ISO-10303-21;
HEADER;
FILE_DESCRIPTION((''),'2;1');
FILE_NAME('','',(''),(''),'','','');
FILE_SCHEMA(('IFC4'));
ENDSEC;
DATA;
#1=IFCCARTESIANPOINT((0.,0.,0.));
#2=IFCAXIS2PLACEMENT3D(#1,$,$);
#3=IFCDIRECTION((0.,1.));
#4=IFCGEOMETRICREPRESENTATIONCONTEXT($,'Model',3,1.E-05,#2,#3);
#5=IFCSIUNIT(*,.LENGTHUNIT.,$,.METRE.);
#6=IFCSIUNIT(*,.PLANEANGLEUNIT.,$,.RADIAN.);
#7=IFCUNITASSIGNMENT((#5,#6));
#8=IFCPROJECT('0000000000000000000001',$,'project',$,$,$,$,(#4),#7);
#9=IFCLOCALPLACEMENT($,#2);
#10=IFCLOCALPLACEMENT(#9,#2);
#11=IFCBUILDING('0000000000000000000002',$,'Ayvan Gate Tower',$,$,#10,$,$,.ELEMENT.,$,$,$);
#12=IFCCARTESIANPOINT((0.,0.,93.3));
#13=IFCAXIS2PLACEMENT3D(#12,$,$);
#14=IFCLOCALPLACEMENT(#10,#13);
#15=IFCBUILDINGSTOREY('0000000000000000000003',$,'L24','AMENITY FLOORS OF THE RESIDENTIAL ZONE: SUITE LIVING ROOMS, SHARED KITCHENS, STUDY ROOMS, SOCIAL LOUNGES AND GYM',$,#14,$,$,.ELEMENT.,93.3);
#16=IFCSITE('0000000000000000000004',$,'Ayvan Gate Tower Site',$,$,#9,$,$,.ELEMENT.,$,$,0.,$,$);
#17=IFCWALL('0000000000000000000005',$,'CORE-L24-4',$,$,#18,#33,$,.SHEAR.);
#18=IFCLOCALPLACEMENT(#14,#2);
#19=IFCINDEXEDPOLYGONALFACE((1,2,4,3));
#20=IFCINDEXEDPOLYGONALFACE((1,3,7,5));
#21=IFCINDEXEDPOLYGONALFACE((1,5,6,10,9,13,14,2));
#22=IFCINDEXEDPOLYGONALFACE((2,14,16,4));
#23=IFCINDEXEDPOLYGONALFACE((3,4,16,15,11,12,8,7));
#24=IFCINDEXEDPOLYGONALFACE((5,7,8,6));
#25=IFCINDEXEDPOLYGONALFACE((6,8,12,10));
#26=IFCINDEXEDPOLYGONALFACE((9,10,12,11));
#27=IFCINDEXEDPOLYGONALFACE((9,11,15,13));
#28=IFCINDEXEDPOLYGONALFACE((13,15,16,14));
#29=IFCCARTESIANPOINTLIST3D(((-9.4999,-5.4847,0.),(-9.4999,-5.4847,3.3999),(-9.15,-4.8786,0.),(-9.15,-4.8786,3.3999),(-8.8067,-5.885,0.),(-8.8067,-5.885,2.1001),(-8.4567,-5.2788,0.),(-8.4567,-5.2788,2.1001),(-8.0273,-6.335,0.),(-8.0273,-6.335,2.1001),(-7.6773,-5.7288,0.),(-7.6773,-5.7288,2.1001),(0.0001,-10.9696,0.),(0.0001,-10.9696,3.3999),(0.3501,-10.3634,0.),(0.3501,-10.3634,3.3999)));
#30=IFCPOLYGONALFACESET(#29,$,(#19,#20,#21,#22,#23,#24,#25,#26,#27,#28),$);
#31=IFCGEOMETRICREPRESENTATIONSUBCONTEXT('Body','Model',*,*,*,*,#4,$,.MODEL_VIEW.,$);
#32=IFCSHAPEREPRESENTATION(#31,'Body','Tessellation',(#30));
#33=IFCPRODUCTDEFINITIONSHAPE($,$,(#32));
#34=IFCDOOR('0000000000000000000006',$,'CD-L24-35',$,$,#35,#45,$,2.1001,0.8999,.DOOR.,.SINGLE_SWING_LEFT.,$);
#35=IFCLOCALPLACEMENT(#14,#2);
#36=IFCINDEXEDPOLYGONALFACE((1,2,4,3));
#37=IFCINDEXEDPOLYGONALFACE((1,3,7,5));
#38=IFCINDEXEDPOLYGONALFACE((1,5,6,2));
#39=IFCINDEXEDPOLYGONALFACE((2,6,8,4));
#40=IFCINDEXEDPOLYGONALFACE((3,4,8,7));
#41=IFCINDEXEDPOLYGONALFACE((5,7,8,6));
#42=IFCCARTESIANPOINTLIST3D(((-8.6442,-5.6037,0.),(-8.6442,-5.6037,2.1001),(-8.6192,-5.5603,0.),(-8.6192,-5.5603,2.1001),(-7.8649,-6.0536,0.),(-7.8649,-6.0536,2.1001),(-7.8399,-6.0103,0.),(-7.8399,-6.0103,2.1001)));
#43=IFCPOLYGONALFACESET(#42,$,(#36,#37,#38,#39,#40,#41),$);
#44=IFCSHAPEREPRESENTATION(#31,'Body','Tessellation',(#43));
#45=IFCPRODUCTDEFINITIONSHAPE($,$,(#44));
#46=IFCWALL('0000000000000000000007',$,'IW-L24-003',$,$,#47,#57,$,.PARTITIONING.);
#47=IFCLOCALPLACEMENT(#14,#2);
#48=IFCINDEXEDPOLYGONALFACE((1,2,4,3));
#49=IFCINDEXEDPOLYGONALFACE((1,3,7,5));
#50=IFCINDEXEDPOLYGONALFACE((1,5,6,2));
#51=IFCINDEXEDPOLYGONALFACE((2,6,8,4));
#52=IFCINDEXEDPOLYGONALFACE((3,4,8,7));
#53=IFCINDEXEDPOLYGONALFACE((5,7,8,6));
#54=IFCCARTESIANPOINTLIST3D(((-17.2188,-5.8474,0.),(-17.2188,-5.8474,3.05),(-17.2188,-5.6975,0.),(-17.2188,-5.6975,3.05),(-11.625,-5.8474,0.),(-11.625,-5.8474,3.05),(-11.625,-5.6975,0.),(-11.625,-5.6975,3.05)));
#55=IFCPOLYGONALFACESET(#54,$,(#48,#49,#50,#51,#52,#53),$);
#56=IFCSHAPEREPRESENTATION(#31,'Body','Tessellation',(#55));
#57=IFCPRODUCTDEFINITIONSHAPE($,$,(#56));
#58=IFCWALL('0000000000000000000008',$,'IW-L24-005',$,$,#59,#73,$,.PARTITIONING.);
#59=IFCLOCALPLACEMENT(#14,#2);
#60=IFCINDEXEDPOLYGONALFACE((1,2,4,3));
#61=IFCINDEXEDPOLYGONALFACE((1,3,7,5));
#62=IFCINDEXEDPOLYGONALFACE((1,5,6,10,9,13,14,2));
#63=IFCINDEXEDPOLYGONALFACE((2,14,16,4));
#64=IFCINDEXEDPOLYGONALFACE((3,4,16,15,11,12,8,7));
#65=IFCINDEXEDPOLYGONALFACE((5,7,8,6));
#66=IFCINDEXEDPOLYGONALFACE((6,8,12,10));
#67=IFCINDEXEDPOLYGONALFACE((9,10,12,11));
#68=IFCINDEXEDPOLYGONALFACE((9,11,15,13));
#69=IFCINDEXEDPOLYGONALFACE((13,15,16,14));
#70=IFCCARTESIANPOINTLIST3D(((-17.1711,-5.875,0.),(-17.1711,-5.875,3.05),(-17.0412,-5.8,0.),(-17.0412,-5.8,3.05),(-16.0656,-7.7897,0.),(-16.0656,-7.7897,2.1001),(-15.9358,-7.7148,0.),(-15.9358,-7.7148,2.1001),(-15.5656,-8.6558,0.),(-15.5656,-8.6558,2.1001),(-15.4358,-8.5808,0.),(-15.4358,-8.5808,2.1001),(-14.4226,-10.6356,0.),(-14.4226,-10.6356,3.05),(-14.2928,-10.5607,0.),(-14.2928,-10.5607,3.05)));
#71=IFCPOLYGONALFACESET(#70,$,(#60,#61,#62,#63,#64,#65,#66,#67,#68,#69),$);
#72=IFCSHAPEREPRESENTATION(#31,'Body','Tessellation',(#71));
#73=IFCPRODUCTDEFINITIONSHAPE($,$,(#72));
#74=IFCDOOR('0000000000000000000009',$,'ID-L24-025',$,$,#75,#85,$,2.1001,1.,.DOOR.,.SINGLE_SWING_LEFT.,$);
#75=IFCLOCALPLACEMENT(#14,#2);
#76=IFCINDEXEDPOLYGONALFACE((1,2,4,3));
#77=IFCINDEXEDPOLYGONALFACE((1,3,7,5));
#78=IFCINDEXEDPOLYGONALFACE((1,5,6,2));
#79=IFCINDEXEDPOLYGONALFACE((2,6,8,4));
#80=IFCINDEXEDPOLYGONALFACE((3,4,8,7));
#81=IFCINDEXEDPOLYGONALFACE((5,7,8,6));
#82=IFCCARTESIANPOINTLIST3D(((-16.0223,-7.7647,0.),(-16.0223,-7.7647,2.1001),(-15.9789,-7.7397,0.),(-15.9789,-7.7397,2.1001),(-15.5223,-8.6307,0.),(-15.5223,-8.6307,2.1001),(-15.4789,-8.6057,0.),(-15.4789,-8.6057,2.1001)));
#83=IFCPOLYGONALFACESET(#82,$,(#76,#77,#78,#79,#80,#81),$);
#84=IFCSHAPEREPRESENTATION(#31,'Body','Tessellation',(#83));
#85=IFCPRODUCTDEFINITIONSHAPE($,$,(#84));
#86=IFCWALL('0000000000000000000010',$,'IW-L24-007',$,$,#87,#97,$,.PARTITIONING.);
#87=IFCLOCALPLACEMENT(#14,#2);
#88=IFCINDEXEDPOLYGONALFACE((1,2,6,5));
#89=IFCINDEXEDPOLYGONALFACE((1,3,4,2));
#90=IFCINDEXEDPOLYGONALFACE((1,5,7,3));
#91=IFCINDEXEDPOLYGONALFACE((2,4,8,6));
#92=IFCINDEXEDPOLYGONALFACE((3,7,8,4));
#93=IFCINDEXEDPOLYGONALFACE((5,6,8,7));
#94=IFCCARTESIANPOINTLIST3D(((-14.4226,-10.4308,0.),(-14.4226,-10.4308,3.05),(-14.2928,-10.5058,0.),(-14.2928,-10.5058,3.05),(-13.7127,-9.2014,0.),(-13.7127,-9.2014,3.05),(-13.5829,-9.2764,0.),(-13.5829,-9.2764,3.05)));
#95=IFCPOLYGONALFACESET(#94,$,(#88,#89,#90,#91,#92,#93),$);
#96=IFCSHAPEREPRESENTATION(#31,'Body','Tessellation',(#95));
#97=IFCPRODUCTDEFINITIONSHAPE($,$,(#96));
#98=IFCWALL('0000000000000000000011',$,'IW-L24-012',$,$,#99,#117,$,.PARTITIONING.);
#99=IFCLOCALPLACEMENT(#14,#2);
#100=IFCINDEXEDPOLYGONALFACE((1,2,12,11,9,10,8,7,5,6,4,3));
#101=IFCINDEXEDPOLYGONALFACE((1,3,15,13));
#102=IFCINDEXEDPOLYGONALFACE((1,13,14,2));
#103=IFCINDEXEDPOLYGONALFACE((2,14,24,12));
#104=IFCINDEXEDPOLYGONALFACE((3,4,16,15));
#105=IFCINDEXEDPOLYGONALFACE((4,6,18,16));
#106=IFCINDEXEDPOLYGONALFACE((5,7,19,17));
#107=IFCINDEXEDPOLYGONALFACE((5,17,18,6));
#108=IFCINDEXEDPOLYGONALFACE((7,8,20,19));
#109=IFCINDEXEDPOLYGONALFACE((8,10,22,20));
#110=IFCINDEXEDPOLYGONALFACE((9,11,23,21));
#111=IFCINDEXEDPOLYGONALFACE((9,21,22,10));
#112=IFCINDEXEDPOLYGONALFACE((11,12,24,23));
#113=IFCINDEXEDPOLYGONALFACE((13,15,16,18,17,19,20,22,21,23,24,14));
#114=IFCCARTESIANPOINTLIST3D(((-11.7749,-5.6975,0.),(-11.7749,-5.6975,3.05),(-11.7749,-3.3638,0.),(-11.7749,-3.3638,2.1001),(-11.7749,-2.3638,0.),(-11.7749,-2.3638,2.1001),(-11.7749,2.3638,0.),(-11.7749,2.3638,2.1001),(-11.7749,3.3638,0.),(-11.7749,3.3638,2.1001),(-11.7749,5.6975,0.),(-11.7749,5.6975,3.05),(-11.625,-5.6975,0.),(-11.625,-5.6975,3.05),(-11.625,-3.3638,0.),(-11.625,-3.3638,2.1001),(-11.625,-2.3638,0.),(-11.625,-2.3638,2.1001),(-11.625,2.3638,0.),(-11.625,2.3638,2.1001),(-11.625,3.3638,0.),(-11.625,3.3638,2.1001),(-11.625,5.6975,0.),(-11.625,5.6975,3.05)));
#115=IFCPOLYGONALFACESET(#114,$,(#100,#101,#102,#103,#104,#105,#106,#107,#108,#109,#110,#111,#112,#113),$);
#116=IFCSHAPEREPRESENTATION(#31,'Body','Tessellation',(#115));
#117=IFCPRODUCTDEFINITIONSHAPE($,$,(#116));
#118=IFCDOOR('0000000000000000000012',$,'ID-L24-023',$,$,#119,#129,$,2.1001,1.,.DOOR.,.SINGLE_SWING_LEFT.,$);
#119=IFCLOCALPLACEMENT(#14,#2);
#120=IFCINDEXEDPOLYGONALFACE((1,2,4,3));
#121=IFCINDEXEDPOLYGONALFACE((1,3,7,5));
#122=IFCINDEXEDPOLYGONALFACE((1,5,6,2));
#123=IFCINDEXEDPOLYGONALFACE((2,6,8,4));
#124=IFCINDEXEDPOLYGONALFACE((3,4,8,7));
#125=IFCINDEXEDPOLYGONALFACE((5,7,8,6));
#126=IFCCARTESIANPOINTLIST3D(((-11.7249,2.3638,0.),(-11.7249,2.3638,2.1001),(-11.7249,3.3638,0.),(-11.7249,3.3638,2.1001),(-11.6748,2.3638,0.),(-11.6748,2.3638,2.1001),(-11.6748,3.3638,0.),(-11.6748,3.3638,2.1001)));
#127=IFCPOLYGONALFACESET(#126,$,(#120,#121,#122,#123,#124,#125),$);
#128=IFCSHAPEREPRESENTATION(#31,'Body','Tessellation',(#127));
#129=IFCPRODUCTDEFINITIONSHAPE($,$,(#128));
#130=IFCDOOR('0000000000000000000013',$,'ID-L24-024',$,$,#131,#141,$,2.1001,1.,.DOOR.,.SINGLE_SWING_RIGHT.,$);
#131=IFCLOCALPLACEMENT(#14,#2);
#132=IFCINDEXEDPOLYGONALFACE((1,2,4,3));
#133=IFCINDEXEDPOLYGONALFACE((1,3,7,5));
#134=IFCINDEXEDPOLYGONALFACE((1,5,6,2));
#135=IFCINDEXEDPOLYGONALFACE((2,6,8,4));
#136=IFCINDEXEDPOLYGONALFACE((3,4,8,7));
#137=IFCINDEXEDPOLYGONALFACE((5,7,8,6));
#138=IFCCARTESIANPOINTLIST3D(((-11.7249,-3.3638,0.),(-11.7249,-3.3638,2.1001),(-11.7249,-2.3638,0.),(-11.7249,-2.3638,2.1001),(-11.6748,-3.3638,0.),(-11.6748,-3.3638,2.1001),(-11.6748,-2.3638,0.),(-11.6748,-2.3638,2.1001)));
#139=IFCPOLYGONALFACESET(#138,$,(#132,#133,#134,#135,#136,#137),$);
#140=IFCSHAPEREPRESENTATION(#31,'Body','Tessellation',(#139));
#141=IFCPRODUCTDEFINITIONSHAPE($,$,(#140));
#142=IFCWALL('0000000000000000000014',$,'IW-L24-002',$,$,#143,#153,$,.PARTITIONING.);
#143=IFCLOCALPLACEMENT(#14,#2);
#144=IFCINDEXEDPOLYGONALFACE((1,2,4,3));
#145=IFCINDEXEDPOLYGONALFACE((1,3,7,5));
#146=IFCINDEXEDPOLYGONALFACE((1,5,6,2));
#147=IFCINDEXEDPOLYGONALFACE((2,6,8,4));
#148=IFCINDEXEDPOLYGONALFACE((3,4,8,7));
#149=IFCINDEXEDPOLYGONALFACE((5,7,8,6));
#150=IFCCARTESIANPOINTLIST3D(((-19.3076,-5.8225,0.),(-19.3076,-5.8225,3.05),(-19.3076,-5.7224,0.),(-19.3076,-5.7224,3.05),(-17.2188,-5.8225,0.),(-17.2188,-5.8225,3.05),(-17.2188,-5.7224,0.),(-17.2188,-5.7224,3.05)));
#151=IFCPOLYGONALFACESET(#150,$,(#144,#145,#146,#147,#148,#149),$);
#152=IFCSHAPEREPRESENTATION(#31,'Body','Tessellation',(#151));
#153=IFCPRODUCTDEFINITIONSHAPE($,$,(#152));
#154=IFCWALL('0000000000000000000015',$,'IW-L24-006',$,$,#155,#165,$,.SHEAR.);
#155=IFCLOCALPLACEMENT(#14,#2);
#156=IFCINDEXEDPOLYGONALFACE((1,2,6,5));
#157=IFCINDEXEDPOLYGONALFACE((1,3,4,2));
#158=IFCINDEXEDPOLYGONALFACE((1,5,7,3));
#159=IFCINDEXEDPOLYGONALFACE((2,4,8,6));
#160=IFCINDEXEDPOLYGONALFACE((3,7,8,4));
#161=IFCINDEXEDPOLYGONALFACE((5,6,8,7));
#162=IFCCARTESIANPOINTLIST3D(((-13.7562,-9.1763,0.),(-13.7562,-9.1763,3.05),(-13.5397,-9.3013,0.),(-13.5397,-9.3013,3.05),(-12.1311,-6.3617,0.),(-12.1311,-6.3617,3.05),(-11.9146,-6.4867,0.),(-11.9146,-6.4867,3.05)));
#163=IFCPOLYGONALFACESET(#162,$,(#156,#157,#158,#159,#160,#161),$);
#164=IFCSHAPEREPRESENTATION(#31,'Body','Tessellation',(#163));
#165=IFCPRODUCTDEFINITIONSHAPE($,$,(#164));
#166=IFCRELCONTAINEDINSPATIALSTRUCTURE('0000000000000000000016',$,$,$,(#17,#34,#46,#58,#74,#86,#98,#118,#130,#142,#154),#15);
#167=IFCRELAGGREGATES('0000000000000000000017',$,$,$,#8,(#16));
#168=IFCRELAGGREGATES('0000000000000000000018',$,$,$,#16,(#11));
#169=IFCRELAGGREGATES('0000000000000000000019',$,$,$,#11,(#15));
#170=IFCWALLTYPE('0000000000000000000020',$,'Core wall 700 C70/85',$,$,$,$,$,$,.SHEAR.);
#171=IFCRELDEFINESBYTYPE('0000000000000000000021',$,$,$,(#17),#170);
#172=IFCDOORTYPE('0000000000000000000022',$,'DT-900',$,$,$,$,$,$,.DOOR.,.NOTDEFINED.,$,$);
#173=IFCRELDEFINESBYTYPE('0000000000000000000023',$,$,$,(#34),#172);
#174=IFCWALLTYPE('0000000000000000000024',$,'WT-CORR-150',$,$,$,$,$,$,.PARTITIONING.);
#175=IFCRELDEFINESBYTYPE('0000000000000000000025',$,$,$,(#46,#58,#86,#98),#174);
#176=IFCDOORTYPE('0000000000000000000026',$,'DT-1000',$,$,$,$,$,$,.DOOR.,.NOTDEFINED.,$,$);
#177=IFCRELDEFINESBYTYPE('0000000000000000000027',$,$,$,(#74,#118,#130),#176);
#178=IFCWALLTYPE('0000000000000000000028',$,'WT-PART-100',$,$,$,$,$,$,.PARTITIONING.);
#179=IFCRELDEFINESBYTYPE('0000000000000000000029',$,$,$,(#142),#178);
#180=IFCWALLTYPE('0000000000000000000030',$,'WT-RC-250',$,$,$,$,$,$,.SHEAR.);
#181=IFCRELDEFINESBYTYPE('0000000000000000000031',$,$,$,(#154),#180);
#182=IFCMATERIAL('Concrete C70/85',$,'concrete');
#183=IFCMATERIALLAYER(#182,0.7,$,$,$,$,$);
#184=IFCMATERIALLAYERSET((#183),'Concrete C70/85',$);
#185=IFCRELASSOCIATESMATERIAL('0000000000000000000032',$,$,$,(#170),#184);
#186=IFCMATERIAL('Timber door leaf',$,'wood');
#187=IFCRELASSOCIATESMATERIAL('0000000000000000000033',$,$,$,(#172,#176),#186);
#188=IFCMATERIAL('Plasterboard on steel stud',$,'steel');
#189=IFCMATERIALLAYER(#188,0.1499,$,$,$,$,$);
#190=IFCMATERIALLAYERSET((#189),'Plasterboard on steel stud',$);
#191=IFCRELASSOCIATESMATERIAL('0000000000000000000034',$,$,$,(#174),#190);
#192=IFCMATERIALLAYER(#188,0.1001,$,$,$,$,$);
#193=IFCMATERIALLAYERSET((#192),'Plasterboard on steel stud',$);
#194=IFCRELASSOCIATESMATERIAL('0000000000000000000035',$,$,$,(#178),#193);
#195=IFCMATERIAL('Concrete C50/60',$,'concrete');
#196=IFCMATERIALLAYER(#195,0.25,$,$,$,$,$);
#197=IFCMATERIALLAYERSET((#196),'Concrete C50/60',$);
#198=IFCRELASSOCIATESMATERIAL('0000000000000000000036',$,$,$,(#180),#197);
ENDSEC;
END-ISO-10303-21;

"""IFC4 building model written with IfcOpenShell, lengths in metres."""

from ifc_helpers import new_model, si_unit, direction, frame, frame_2d, origin, place, context, subcontext, project, spatial, rectangle, extrude, material, layer, layer_set, type_object, element, fill, save


model = new_model("IFC4")

# Units and contexts
model_context = context("Model", 3, precision=1e-05, world=origin(), true_north=direction((0.0, 1.0)))
body_context = subcontext(model_context, "Body", "Model", "MODEL_VIEW")
ifc_project = project(units=[si_unit("LENGTHUNIT", "METRE"), si_unit("PLANEANGLEUNIT", "RADIAN")], contexts=[model_context])

# Site, building, storey
site_placement = place(None, origin())
site = spatial("IfcSite", under=ifc_project, at=site_placement, Name="Ayvan Gate Tower Site", CompositionType="ELEMENT", RefElevation=0.0)
building_placement = place(site_placement, origin())
building = spatial("IfcBuilding", under=site, at=building_placement, Name="Ayvan Gate Tower", CompositionType="ELEMENT")
storey_placement = place(building_placement, frame((0.0, 0.0, 93.3)))
storey = spatial("IfcBuildingStorey", under=building, at=storey_placement, Name="L24", Description="AMENITY FLOORS OF THE RESIDENTIAL ZONE: SUITE LIVING ROOMS, SHARED KITCHENS, STUDY ROOMS, SOCIAL LOUNGES AND GYM", CompositionType="ELEMENT", Elevation=93.3)

# Wall, opening, door
ifc_material_1 = material(Name="Concrete C70/85", Category="concrete")
ifc_layer_1 = layer(ifc_material_1, 0.7)
ifc_layer_set_1 = layer_set([ifc_layer_1], Name="Concrete C70/85")
wall_type_1 = type_object("IfcWallType", Name="Core wall 700 C70/85", PredefinedType="SHEAR", material=ifc_layer_set_1)
wall_1_placement = place(storey_placement, frame((-9.325, -5.1816, 0.0), z_axis=(0.0, 0.0, 1.0), x_axis=(0.866024, -0.500002, 0.0)))
wall_1 = element("IfcWall", 1, at=wall_1_placement, inside=storey, type_object=wall_type_1, Name="CORE-L24-4", PredefinedType="SHEAR", context=body_context, shape_type="SweptSolid", body=[
    extrude(rectangle(XDim=10.9697, YDim=0.7, at=frame_2d((5.4849, 0.0))), origin(), (0.0, 0.0, 1.0), 3.3999),
])
opening_1_placement = place(wall_1_placement, frame((0.8005, 0.0, 0.0)))
opening_1 = element("IfcOpeningElement", 2, at=opening_1_placement, cuts=wall_1, PredefinedType="OPENING", context=body_context, shape_type="SweptSolid", body=[
    extrude(rectangle(XDim=0.8999, YDim=2.1001, at=frame_2d((0.45, 1.05))), frame((0.0, 0.3599, 0.0), z_axis=(0.0, -1.0, 0.0), x_axis=(1.0, 0.0, 0.0)), (0.0, 0.0, 1.0), 0.72),
])
ifc_material_2 = material(Name="Timber door leaf", Category="wood")
door_type_1 = type_object("IfcDoorType", Name="DT-900", OperationType="NOTDEFINED", PredefinedType="DOOR", material=ifc_material_2)
door_1_placement = place(opening_1_placement, origin())
door_1 = element("IfcDoor", 3, at=door_1_placement, inside=storey, type_object=door_type_1, Name="CD-L24-35", OperationType="SINGLE_SWING_LEFT", OverallHeight=2.1001, OverallWidth=0.8999, PredefinedType="DOOR", context=body_context, shape_type="SweptSolid", body=[
    extrude(rectangle(XDim=0.8999, YDim=2.1001, at=frame_2d((0.45, 1.05))), frame((0.0, 0.0249, 0.0), z_axis=(0.0, -1.0, 0.0), x_axis=(1.0, 0.0, 0.0)), (0.0, 0.0, 1.0), 0.05),
])
fill(opening_1, door_1)

# Wall
ifc_material_3 = material(Name="Plasterboard on steel stud", Category="steel")
ifc_layer_2 = layer(ifc_material_3, 0.1499)
ifc_layer_set_2 = layer_set([ifc_layer_2], Name="Plasterboard on steel stud")
wall_type_2 = type_object("IfcWallType", Name="WT-CORR-150", PredefinedType="PARTITIONING", material=ifc_layer_set_2)
wall_2_placement = place(storey_placement, frame((-17.2188, -5.7725, 0.0), z_axis=(0.0, 0.0, 1.0), x_axis=(1.0, 0.0, 0.0)))
element("IfcWall", 4, at=wall_2_placement, inside=storey, type_object=wall_type_2, Name="IW-L24-003", PredefinedType="PARTITIONING", context=body_context, shape_type="SweptSolid", body=[
    extrude(rectangle(XDim=5.5938, YDim=0.1499, at=frame_2d((2.7969, 0.0))), origin(), (0.0, 0.0, 1.0), 3.05),
])

# Wall, opening, door
wall_3_placement = place(storey_placement, frame((-14.3577, -10.5981, 0.0), z_axis=(0.0, 0.0, 1.0), x_axis=(-0.499989, 0.866032, 0.0)))
wall_3 = element("IfcWall", 5, at=wall_3_placement, inside=storey, type_object=wall_type_2, Name="IW-L24-005", PredefinedType="PARTITIONING", context=body_context, shape_type="SweptSolid", body=[
    extrude(rectangle(XDim=5.4971, YDim=0.1499, at=frame_2d((2.7485, 0.0))), origin(), (0.0, 0.0, 1.0), 3.05),
])
opening_2_placement = place(wall_3_placement, frame((2.2861, 0.0, 0.0)))
opening_2 = element("IfcOpeningElement", 6, at=opening_2_placement, cuts=wall_3, PredefinedType="OPENING", context=body_context, shape_type="SweptSolid", body=[
    extrude(rectangle(XDim=1.0, YDim=2.1001, at=frame_2d((0.5, 1.05))), frame((0.0, 0.085, 0.0), z_axis=(0.0, -1.0, 0.0), x_axis=(1.0, 0.0, 0.0)), (0.0, 0.0, 1.0), 0.1699),
])
door_type_2 = type_object("IfcDoorType", Name="DT-1000", OperationType="NOTDEFINED", PredefinedType="DOOR", material=ifc_material_2)
door_2_placement = place(opening_2_placement, origin())
door_2 = element("IfcDoor", 7, at=door_2_placement, inside=storey, type_object=door_type_2, Name="ID-L24-025", OperationType="SINGLE_SWING_LEFT", OverallHeight=2.1001, OverallWidth=1.0, PredefinedType="DOOR", context=body_context, shape_type="SweptSolid", body=[
    extrude(rectangle(XDim=1.0, YDim=2.1001, at=frame_2d((0.5, 1.05))), frame((0.0, 0.0249, 0.0), z_axis=(0.0, -1.0, 0.0), x_axis=(1.0, 0.0, 0.0)), (0.0, 0.0, 1.0), 0.05),
])
fill(opening_2, door_2)

# Wall
wall_4_placement = place(storey_placement, frame((-13.6477, -9.2388, 0.0), z_axis=(0.0, 0.0, 1.0), x_axis=(-0.50006, -0.865991, 0.0)))
element("IfcWall", 8, at=wall_4_placement, inside=storey, type_object=wall_type_2, Name="IW-L24-007", PredefinedType="PARTITIONING", context=body_context, shape_type="SweptSolid", body=[
    extrude(rectangle(XDim=1.4197, YDim=0.1499, at=frame_2d((0.71, 0.0))), origin(), (0.0, 0.0, 1.0), 3.05),
])

# Wall, openings, doors
wall_5_placement = place(storey_placement, frame((-11.7, -5.6975, 0.0), z_axis=(0.0, 0.0, 1.0), x_axis=(0.0, 1.0, 0.0)))
wall_5 = element("IfcWall", 9, at=wall_5_placement, inside=storey, type_object=wall_type_2, Name="IW-L24-012", PredefinedType="PARTITIONING", context=body_context, shape_type="SweptSolid", body=[
    extrude(rectangle(XDim=11.395, YDim=0.1499, at=frame_2d((5.6975, 0.0))), origin(), (0.0, 0.0, 1.0), 3.05),
])
opening_3_placement = place(wall_5_placement, frame((8.0613, 0.0, 0.0)))
opening_3 = element("IfcOpeningElement", 10, at=opening_3_placement, cuts=wall_5, PredefinedType="OPENING", context=body_context, shape_type="SweptSolid", body=[
    extrude(rectangle(XDim=1.0, YDim=2.1001, at=frame_2d((0.5, 1.05))), frame((0.0, 0.085, 0.0), z_axis=(0.0, -1.0, 0.0), x_axis=(1.0, 0.0, 0.0)), (0.0, 0.0, 1.0), 0.1699),
])
opening_4_placement = place(wall_5_placement, frame((2.3337, 0.0, 0.0)))
opening_4 = element("IfcOpeningElement", 11, at=opening_4_placement, cuts=wall_5, PredefinedType="OPENING", context=body_context, shape_type="SweptSolid", body=[
    extrude(rectangle(XDim=1.0, YDim=2.1001, at=frame_2d((0.5, 1.05))), frame((0.0, 0.085, 0.0), z_axis=(0.0, -1.0, 0.0), x_axis=(1.0, 0.0, 0.0)), (0.0, 0.0, 1.0), 0.1699),
])
door_3_placement = place(opening_3_placement, origin())
door_3 = element("IfcDoor", 12, at=door_3_placement, inside=storey, type_object=door_type_2, Name="ID-L24-023", OperationType="SINGLE_SWING_LEFT", OverallHeight=2.1001, OverallWidth=1.0, PredefinedType="DOOR", context=body_context, shape_type="SweptSolid", body=[
    extrude(rectangle(XDim=1.0, YDim=2.1001, at=frame_2d((0.5, 1.05))), frame((0.0, 0.0249, 0.0), z_axis=(0.0, -1.0, 0.0), x_axis=(1.0, 0.0, 0.0)), (0.0, 0.0, 1.0), 0.05),
])
fill(opening_3, door_3)
door_4_placement = place(opening_4_placement, origin())
door_4 = element("IfcDoor", 13, at=door_4_placement, inside=storey, type_object=door_type_2, Name="ID-L24-024", OperationType="SINGLE_SWING_RIGHT", OverallHeight=2.1001, OverallWidth=1.0, PredefinedType="DOOR", context=body_context, shape_type="SweptSolid", body=[
    extrude(rectangle(XDim=1.0, YDim=2.1001, at=frame_2d((0.5, 1.05))), frame((0.0, 0.0249, 0.0), z_axis=(0.0, -1.0, 0.0), x_axis=(1.0, 0.0, 0.0)), (0.0, 0.0, 1.0), 0.05),
])
fill(opening_4, door_4)

# Walls
ifc_layer_3 = layer(ifc_material_3, 0.1001)
ifc_layer_set_3 = layer_set([ifc_layer_3], Name="Plasterboard on steel stud")
wall_type_3 = type_object("IfcWallType", Name="WT-PART-100", PredefinedType="PARTITIONING", material=ifc_layer_set_3)
wall_6_placement = place(storey_placement, frame((-17.2188, -5.7725, 0.0), z_axis=(0.0, 0.0, 1.0), x_axis=(-1.0, 0.0, 0.0)))
element("IfcWall", 14, at=wall_6_placement, inside=storey, type_object=wall_type_3, Name="IW-L24-002", PredefinedType="PARTITIONING", context=body_context, shape_type="SweptSolid", body=[
    extrude(rectangle(XDim=2.0889, YDim=0.1001, at=frame_2d((1.0444, 0.0))), origin(), (0.0, 0.0, 1.0), 3.05),
])
ifc_material_4 = material(Name="Concrete C50/60", Category="concrete")
ifc_layer_4 = layer(ifc_material_4, 0.25)
ifc_layer_set_4 = layer_set([ifc_layer_4], Name="Concrete C50/60")
wall_type_4 = type_object("IfcWallType", Name="WT-RC-250", PredefinedType="SHEAR", material=ifc_layer_set_4)
wall_7_placement = place(storey_placement, frame((-13.6479, -9.2388, 0.0), z_axis=(0.0, 0.0, 1.0), x_axis=(0.500017, 0.866015, 0.0)))
element("IfcWall", 15, at=wall_7_placement, inside=storey, type_object=wall_type_4, Name="IW-L24-006", PredefinedType="SHEAR", context=body_context, shape_type="SweptSolid", body=[
    extrude(rectangle(XDim=3.25, YDim=0.25, at=frame_2d((1.625, 0.0))), origin(), (0.0, 0.0, 1.0), 3.05),
])

save(model, "model.ifc")
